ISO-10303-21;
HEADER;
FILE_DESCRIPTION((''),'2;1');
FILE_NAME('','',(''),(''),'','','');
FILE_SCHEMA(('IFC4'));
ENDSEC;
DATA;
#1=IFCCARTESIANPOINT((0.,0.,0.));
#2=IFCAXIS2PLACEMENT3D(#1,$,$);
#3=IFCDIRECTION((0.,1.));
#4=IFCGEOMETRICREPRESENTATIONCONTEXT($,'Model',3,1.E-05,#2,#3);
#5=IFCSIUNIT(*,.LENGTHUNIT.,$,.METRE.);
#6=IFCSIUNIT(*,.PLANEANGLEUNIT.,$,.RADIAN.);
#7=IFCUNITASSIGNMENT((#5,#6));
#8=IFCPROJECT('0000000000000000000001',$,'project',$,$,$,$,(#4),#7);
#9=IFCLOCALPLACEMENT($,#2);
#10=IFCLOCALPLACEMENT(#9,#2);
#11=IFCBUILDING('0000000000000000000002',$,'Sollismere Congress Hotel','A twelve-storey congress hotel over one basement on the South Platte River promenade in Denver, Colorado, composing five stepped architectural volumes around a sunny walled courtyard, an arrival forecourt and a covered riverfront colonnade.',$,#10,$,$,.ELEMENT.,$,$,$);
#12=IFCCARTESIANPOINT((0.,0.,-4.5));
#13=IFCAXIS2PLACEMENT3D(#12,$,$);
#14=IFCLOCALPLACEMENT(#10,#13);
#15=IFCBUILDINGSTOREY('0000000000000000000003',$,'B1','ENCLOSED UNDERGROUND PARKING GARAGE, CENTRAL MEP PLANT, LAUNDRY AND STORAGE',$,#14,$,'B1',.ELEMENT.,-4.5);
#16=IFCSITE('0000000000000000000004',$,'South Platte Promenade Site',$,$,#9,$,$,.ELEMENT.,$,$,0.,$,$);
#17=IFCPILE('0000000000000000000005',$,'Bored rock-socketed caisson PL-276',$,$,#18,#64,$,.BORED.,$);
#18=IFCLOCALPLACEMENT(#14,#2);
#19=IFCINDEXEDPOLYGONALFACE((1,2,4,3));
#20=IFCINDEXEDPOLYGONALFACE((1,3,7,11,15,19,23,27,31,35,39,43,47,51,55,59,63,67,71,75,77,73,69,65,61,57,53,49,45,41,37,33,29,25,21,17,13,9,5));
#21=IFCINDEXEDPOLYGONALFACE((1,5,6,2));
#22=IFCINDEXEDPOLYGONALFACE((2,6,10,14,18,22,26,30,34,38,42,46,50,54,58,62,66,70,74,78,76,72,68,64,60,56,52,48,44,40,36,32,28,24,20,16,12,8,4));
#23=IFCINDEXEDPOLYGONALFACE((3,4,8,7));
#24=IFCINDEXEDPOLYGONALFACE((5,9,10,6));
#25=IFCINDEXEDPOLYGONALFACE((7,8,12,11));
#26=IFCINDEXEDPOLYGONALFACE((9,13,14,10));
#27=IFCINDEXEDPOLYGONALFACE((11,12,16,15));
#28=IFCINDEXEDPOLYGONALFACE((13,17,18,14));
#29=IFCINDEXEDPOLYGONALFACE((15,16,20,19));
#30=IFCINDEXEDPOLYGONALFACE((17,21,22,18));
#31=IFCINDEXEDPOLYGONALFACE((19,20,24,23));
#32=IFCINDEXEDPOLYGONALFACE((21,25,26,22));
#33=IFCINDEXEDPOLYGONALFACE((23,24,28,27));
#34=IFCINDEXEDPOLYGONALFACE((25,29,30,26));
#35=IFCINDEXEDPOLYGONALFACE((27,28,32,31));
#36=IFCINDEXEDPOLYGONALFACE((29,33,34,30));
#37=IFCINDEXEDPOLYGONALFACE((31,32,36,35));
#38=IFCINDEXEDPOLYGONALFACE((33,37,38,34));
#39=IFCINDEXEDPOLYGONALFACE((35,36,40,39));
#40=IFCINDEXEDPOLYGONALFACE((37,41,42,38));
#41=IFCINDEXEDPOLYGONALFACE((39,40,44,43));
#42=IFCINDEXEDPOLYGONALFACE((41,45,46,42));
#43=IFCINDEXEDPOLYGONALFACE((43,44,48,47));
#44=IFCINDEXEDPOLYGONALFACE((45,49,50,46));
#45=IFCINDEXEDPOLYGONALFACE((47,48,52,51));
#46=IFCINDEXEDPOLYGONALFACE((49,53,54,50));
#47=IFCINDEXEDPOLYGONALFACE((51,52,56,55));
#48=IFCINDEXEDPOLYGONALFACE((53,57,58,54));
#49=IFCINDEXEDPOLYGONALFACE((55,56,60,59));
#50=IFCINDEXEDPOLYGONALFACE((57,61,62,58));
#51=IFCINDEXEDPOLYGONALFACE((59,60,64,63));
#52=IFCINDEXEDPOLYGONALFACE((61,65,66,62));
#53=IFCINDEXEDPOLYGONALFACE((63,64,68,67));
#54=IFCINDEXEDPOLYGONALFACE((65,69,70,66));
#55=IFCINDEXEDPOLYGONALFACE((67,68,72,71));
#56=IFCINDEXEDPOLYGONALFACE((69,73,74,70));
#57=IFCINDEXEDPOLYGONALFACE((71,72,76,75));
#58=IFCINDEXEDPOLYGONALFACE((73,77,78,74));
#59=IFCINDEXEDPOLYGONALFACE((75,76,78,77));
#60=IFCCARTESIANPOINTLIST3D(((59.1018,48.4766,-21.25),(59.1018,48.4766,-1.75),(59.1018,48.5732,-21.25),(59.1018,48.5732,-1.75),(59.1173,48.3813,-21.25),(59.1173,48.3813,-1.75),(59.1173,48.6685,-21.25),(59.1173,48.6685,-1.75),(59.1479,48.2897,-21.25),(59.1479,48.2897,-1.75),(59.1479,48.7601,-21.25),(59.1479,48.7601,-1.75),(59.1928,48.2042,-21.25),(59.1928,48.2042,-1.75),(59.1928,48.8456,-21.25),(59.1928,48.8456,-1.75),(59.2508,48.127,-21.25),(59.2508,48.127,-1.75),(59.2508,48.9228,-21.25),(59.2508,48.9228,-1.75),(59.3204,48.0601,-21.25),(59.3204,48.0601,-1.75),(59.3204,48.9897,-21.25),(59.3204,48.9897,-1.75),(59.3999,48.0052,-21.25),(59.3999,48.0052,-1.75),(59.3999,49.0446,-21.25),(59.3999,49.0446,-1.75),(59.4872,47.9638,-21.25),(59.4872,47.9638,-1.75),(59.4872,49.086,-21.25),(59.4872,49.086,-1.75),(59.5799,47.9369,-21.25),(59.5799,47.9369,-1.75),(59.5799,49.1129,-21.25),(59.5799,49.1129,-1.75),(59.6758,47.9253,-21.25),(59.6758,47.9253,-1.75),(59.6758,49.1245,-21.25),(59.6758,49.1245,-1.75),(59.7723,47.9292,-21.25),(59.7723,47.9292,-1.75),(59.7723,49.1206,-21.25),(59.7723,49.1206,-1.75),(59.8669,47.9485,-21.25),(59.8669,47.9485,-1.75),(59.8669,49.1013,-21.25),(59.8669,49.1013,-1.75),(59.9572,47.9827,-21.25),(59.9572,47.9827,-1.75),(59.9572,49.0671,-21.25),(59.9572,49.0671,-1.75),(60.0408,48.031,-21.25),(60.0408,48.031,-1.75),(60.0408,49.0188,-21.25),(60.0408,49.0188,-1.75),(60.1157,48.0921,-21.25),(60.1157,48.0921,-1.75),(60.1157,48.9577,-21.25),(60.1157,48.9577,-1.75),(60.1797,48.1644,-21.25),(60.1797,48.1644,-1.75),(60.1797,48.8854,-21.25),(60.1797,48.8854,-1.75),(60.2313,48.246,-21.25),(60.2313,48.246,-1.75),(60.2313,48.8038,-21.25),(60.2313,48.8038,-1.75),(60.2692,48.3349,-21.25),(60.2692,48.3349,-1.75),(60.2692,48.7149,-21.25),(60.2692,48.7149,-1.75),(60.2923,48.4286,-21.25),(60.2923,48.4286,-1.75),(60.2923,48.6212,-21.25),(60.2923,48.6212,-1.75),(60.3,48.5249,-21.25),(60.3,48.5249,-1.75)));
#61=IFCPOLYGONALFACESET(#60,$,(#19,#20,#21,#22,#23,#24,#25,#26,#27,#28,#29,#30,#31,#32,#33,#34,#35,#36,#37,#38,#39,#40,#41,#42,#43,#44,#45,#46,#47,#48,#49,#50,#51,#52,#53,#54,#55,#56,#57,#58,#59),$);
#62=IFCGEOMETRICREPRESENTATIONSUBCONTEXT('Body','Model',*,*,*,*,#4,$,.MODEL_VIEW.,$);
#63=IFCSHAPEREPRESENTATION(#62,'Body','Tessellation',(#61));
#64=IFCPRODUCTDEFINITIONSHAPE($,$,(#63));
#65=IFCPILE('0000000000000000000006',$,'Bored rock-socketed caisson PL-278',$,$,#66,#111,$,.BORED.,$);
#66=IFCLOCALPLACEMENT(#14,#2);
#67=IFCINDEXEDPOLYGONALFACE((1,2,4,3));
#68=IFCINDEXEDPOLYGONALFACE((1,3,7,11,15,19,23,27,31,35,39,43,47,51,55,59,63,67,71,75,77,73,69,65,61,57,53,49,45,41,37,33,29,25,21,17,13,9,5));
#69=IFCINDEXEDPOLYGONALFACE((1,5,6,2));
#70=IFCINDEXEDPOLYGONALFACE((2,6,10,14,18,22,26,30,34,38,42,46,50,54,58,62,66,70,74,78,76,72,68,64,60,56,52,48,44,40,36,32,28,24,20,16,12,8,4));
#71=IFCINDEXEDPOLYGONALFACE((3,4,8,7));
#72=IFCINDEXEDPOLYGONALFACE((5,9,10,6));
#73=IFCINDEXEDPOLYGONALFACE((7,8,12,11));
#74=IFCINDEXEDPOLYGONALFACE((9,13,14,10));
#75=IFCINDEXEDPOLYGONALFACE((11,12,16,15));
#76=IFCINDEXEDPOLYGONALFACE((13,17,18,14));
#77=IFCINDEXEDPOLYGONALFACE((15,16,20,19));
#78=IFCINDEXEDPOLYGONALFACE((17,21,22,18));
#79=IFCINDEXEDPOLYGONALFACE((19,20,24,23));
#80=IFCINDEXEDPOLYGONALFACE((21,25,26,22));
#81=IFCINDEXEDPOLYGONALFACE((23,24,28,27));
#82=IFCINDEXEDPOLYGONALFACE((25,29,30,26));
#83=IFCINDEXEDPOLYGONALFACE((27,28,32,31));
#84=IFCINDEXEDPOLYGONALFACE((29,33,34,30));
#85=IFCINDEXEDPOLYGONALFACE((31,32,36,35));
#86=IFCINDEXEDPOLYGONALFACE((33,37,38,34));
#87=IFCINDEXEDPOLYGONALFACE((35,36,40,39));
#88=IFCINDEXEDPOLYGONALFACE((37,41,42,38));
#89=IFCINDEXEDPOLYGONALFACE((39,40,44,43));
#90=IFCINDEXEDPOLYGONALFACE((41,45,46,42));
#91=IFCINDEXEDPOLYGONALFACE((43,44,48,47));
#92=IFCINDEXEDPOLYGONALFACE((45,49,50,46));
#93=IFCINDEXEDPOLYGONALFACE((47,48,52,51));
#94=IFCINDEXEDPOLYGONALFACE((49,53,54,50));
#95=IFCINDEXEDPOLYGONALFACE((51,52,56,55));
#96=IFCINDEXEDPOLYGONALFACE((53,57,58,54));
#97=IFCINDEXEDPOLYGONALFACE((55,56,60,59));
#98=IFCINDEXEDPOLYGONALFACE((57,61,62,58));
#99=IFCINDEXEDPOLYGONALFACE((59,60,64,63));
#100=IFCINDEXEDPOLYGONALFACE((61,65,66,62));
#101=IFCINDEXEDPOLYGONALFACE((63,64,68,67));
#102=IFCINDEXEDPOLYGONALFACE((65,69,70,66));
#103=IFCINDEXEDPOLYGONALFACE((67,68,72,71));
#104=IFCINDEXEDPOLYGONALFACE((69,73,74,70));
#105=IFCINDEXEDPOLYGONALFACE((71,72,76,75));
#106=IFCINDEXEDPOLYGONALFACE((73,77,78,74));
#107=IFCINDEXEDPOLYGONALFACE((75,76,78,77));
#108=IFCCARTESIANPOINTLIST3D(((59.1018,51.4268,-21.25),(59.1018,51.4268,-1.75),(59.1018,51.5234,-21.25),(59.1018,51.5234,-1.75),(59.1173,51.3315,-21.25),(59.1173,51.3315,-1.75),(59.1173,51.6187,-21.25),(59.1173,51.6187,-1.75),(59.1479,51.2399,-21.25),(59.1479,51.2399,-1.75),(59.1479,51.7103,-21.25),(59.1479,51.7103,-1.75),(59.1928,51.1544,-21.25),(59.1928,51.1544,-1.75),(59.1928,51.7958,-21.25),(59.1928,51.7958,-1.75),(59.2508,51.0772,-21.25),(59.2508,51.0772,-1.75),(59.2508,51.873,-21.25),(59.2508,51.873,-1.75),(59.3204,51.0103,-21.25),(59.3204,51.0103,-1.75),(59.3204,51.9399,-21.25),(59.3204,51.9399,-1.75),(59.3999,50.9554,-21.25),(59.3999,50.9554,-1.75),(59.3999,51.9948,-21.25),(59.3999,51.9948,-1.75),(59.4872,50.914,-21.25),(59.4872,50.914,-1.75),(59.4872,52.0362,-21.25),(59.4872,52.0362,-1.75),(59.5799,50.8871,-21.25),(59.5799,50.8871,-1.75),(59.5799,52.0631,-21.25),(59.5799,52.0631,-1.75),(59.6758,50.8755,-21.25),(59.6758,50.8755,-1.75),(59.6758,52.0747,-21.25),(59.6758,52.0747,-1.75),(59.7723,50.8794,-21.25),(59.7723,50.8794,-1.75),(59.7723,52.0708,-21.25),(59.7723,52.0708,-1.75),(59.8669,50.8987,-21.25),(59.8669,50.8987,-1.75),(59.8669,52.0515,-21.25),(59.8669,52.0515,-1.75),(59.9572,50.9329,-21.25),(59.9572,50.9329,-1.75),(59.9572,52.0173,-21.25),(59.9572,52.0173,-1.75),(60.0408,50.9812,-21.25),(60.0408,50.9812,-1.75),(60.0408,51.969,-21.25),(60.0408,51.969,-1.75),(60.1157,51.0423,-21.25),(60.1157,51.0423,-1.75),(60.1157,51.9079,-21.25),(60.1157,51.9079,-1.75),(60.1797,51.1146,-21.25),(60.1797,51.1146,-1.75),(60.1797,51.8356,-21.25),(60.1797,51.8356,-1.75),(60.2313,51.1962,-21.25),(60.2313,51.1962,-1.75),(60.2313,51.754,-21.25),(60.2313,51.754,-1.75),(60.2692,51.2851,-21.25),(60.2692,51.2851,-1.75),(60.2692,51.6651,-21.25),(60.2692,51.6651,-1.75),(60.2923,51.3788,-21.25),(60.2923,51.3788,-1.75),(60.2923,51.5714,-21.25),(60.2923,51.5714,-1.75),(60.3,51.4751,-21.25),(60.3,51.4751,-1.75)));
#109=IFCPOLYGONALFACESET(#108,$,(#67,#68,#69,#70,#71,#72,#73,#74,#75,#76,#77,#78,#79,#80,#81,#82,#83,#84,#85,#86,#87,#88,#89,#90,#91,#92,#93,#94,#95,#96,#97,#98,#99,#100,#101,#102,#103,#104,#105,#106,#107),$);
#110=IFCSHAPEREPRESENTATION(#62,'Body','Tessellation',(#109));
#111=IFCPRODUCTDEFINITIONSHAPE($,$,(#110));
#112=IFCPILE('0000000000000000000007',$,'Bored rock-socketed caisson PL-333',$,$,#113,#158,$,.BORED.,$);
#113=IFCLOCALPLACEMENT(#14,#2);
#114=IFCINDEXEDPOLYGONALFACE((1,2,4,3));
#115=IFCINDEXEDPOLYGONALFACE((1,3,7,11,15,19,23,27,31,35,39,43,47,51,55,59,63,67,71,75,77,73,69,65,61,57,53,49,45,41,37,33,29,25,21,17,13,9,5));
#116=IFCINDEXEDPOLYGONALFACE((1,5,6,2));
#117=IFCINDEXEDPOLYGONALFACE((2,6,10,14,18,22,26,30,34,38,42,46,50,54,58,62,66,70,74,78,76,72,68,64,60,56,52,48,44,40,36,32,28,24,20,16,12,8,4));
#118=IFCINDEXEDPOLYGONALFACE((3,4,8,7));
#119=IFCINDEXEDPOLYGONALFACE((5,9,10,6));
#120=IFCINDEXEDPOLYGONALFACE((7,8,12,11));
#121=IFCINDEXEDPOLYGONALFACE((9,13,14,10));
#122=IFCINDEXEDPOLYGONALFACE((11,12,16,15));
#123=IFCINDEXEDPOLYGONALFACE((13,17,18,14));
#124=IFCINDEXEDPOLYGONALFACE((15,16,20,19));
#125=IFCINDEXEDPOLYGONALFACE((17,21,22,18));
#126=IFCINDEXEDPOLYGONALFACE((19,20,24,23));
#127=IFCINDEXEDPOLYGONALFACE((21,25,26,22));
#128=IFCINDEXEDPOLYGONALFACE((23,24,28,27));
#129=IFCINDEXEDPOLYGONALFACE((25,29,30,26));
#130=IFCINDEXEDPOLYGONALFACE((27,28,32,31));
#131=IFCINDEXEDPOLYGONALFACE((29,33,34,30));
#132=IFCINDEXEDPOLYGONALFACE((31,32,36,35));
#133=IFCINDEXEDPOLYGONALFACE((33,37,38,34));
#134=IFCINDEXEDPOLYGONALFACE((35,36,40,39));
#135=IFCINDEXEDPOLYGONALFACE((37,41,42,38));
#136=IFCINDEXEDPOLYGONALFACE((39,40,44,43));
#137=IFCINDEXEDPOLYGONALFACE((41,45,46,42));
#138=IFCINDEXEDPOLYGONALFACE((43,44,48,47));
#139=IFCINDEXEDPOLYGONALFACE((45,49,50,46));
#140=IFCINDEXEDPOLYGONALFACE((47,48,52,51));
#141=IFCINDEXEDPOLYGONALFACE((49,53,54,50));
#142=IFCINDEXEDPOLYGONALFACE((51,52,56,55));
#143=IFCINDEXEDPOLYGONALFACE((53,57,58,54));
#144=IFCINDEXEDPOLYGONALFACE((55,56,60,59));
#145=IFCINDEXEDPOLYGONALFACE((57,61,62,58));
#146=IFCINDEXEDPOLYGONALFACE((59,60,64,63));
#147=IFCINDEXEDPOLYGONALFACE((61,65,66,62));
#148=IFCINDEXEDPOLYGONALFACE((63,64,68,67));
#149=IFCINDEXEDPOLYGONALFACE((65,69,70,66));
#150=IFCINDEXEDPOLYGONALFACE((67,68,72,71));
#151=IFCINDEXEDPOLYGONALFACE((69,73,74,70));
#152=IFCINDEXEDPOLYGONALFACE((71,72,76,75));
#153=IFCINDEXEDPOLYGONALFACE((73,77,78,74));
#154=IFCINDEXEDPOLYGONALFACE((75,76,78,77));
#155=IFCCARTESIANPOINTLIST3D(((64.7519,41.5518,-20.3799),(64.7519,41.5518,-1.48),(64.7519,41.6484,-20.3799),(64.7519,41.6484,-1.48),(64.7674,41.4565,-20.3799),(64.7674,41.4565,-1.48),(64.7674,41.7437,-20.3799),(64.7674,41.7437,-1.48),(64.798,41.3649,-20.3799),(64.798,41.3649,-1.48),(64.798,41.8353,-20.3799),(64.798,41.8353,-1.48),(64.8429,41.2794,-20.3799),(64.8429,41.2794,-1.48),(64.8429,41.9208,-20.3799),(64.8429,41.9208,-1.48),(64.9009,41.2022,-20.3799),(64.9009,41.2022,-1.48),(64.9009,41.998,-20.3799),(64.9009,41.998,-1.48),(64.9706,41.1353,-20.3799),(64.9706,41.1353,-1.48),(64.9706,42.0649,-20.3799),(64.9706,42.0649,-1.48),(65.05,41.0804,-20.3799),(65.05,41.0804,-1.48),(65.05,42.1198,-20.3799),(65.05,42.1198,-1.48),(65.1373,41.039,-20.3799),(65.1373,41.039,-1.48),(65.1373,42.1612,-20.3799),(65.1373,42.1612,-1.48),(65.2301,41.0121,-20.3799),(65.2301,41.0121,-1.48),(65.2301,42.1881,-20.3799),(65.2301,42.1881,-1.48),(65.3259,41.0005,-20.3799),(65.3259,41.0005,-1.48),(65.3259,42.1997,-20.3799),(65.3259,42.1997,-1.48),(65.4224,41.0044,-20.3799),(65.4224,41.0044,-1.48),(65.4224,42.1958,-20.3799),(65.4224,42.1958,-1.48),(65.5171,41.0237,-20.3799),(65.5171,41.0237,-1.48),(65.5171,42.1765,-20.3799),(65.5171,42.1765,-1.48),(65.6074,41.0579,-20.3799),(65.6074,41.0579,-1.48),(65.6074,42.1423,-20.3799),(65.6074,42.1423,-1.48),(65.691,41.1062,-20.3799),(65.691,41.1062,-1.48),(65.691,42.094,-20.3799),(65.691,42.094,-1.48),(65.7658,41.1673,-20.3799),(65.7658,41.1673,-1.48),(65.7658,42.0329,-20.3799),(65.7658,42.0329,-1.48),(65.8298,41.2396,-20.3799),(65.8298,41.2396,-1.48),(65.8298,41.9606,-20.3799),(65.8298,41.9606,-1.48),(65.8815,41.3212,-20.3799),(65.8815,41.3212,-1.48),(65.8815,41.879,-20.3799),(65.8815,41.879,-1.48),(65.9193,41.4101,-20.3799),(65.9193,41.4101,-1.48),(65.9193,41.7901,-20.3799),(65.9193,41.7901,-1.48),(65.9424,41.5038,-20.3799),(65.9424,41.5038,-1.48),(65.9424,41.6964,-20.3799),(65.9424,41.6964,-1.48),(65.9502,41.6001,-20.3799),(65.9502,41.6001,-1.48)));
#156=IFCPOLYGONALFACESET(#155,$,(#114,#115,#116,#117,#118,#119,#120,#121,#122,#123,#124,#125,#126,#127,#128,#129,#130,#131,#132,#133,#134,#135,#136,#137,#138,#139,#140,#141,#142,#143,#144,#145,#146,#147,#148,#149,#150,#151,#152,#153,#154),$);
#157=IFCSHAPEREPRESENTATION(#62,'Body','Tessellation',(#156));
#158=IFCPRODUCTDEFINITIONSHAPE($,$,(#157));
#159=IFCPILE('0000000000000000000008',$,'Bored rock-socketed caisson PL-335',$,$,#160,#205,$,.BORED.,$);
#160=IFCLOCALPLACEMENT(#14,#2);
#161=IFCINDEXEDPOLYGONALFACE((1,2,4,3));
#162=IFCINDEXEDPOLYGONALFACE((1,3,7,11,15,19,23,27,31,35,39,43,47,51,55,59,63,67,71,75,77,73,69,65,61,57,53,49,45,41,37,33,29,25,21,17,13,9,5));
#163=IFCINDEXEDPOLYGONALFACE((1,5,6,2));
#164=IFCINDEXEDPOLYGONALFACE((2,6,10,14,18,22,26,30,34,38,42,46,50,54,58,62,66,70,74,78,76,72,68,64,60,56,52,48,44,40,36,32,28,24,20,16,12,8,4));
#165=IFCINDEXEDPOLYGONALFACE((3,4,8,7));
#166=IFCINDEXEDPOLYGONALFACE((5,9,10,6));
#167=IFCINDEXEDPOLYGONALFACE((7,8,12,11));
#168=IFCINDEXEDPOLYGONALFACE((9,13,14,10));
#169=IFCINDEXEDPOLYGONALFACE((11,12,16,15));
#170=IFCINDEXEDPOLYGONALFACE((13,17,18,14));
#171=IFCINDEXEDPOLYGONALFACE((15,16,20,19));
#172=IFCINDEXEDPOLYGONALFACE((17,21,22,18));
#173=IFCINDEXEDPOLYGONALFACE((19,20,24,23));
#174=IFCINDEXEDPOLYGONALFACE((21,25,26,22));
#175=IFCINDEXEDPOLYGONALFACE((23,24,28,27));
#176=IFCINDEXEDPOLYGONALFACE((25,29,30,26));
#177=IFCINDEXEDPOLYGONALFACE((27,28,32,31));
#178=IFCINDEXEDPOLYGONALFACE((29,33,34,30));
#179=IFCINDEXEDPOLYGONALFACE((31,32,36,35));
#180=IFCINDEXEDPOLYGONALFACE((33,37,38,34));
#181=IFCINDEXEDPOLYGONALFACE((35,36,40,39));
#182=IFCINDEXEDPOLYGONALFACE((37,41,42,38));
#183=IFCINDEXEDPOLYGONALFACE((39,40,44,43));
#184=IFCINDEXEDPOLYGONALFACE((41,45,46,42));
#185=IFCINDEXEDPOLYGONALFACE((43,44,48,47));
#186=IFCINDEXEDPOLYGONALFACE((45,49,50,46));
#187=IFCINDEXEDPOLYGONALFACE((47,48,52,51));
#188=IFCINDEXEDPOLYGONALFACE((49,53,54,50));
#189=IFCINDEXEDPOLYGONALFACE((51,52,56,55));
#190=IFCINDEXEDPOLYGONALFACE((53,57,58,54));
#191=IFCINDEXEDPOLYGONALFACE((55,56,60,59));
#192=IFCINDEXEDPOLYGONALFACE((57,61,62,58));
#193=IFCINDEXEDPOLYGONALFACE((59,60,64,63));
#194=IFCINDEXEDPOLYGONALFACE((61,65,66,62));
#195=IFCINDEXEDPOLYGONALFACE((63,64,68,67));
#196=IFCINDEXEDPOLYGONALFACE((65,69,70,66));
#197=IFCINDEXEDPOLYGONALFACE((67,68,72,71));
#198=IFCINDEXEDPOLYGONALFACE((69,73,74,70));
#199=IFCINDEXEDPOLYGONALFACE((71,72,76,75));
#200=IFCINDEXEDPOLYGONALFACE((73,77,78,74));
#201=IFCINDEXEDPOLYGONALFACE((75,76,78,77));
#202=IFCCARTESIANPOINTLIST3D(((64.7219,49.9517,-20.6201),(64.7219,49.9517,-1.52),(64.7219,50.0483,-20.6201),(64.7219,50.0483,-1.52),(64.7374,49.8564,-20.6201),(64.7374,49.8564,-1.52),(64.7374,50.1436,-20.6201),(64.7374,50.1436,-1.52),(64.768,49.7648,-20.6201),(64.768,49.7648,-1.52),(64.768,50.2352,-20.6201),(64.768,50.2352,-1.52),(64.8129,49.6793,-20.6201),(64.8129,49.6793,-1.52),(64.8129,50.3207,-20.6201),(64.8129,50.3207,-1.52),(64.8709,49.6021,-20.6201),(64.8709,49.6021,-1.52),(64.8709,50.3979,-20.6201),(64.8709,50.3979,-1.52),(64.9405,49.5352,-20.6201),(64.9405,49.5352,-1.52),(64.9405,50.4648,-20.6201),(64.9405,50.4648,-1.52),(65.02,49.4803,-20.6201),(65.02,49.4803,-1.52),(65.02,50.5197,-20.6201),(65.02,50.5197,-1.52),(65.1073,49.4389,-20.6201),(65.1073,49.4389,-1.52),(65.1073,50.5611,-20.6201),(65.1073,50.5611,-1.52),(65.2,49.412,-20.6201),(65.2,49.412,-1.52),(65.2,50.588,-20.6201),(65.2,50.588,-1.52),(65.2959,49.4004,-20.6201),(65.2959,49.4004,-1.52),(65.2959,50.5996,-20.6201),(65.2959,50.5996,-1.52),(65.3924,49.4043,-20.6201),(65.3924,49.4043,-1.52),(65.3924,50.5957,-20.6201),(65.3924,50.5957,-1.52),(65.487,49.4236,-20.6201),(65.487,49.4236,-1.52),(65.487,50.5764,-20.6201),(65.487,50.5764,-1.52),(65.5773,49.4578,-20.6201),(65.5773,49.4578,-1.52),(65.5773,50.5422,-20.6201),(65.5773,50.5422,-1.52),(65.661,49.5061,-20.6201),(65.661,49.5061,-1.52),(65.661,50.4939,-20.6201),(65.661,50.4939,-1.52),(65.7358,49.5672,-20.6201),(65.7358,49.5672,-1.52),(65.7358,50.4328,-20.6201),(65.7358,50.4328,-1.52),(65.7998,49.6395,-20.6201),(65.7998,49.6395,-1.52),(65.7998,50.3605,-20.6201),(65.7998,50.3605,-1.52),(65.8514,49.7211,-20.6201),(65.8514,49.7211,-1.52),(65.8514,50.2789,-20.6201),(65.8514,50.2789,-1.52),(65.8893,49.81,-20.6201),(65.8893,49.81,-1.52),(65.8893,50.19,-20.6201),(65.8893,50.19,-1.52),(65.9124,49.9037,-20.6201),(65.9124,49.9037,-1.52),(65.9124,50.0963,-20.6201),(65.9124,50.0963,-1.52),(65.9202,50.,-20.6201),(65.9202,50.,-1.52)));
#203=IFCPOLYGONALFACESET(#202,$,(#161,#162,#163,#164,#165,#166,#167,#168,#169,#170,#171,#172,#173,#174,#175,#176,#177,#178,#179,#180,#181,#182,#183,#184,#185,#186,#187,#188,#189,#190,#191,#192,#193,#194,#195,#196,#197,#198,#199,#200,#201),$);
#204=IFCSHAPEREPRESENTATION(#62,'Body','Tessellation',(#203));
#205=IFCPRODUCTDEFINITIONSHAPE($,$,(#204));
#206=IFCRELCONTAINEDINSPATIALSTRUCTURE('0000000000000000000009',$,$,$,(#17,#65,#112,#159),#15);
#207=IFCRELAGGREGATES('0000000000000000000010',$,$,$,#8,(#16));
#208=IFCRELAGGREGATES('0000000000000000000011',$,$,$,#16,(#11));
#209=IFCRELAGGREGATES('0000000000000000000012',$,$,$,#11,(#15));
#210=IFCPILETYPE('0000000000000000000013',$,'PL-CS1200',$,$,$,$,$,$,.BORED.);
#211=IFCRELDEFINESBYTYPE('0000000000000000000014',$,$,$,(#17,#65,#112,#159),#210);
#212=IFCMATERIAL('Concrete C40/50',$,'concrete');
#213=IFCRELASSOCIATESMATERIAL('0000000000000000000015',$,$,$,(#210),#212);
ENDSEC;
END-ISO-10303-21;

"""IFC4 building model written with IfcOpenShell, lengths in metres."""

from ifc_helpers import new_model, si_unit, direction, frame, origin, origin_2d, place, context, subcontext, project, spatial, circle, extrude, material, material_profile, profile_set, type_object, element, save


model = new_model("IFC4")

# Units and contexts
model_context = context("Model", 3, precision=1e-05, world=origin(), true_north=direction((0.0, 1.0)))
body_context = subcontext(model_context, "Body", "Model", "MODEL_VIEW")
ifc_project = project(units=[si_unit("LENGTHUNIT", "METRE"), si_unit("PLANEANGLEUNIT", "RADIAN")], contexts=[model_context])

# Site, building, storey
site_placement = place(None, origin())
site = spatial("IfcSite", under=ifc_project, at=site_placement, Name="South Platte Promenade Site", CompositionType="ELEMENT", RefElevation=0.0)
building_placement = place(site_placement, origin())
building = spatial("IfcBuilding", under=site, at=building_placement, Name="Sollismere Congress Hotel", Description="A twelve-storey congress hotel over one basement on the South Platte River promenade in Denver, Colorado, composing five stepped architectural volumes around a sunny walled courtyard, an arrival forecourt and a covered riverfront colonnade.", CompositionType="ELEMENT")
storey_placement = place(building_placement, frame((0.0, 0.0, -4.5)))
storey = spatial("IfcBuildingStorey", under=building, at=storey_placement, Name="B1", Description="ENCLOSED UNDERGROUND PARKING GARAGE, CENTRAL MEP PLANT, LAUNDRY AND STORAGE", LongName="B1", CompositionType="ELEMENT", Elevation=-4.5)

# Shared definitions
ifc_material_1 = material(Name="Concrete C40/50", Category="concrete")

# Piles
ifc_material_profile_1 = material_profile(ifc_material_1, circle(Radius=0.6001, at=origin_2d()), Name="CAISSON1200")
ifc_profile_set_1 = profile_set([ifc_material_profile_1], Name="Concrete C40/50")
pile_type = type_object("IfcPileType", Name="PL-CS1200", PredefinedType="BORED", material=ifc_profile_set_1)
for number, where, z_axis, x_axis, name in (
    (1, (59.7, 48.5249, -1.75), (0.0, 0.0, -1.0), (1.0, 0.0, 0.0), "Bored rock-socketed caisson PL-276"),
    (2, (59.7, 51.4751, -1.75), (0.0, 0.0, -1.0), (1.0, 0.0, 0.0), "Bored rock-socketed caisson PL-278"),
):
    element("IfcPile", number, at=place(storey_placement, frame(where, z_axis=z_axis, x_axis=x_axis)), inside=storey, type_object=pile_type, Name=name, PredefinedType="BORED", context=body_context, shape_type="SweptSolid", body=[
        extrude(circle(Radius=0.6001, at=origin_2d()), origin(), (0.0, 0.0, 1.0), 19.5),
    ])
pile_1_placement = place(storey_placement, frame((65.3501, 41.6001, -1.48), z_axis=(0.0, 0.0, -1.0), x_axis=(1.0, 0.0, 0.0)))
element("IfcPile", 3, at=pile_1_placement, inside=storey, type_object=pile_type, Name="Bored rock-socketed caisson PL-333", PredefinedType="BORED", context=body_context, shape_type="SweptSolid", body=[
    extrude(circle(Radius=0.6001, at=origin_2d()), origin(), (0.0, 0.0, 1.0), 18.8999),
])
pile_2_placement = place(storey_placement, frame((65.3201, 50.0, -1.52), z_axis=(0.0, 0.0, -1.0), x_axis=(1.0, 0.0, 0.0)))
element("IfcPile", 4, at=pile_2_placement, inside=storey, type_object=pile_type, Name="Bored rock-socketed caisson PL-335", PredefinedType="BORED", context=body_context, shape_type="SweptSolid", body=[
    extrude(circle(Radius=0.6001, at=origin_2d()), origin(), (0.0, 0.0, 1.0), 19.1001),
])

save(model, "model.ifc")
